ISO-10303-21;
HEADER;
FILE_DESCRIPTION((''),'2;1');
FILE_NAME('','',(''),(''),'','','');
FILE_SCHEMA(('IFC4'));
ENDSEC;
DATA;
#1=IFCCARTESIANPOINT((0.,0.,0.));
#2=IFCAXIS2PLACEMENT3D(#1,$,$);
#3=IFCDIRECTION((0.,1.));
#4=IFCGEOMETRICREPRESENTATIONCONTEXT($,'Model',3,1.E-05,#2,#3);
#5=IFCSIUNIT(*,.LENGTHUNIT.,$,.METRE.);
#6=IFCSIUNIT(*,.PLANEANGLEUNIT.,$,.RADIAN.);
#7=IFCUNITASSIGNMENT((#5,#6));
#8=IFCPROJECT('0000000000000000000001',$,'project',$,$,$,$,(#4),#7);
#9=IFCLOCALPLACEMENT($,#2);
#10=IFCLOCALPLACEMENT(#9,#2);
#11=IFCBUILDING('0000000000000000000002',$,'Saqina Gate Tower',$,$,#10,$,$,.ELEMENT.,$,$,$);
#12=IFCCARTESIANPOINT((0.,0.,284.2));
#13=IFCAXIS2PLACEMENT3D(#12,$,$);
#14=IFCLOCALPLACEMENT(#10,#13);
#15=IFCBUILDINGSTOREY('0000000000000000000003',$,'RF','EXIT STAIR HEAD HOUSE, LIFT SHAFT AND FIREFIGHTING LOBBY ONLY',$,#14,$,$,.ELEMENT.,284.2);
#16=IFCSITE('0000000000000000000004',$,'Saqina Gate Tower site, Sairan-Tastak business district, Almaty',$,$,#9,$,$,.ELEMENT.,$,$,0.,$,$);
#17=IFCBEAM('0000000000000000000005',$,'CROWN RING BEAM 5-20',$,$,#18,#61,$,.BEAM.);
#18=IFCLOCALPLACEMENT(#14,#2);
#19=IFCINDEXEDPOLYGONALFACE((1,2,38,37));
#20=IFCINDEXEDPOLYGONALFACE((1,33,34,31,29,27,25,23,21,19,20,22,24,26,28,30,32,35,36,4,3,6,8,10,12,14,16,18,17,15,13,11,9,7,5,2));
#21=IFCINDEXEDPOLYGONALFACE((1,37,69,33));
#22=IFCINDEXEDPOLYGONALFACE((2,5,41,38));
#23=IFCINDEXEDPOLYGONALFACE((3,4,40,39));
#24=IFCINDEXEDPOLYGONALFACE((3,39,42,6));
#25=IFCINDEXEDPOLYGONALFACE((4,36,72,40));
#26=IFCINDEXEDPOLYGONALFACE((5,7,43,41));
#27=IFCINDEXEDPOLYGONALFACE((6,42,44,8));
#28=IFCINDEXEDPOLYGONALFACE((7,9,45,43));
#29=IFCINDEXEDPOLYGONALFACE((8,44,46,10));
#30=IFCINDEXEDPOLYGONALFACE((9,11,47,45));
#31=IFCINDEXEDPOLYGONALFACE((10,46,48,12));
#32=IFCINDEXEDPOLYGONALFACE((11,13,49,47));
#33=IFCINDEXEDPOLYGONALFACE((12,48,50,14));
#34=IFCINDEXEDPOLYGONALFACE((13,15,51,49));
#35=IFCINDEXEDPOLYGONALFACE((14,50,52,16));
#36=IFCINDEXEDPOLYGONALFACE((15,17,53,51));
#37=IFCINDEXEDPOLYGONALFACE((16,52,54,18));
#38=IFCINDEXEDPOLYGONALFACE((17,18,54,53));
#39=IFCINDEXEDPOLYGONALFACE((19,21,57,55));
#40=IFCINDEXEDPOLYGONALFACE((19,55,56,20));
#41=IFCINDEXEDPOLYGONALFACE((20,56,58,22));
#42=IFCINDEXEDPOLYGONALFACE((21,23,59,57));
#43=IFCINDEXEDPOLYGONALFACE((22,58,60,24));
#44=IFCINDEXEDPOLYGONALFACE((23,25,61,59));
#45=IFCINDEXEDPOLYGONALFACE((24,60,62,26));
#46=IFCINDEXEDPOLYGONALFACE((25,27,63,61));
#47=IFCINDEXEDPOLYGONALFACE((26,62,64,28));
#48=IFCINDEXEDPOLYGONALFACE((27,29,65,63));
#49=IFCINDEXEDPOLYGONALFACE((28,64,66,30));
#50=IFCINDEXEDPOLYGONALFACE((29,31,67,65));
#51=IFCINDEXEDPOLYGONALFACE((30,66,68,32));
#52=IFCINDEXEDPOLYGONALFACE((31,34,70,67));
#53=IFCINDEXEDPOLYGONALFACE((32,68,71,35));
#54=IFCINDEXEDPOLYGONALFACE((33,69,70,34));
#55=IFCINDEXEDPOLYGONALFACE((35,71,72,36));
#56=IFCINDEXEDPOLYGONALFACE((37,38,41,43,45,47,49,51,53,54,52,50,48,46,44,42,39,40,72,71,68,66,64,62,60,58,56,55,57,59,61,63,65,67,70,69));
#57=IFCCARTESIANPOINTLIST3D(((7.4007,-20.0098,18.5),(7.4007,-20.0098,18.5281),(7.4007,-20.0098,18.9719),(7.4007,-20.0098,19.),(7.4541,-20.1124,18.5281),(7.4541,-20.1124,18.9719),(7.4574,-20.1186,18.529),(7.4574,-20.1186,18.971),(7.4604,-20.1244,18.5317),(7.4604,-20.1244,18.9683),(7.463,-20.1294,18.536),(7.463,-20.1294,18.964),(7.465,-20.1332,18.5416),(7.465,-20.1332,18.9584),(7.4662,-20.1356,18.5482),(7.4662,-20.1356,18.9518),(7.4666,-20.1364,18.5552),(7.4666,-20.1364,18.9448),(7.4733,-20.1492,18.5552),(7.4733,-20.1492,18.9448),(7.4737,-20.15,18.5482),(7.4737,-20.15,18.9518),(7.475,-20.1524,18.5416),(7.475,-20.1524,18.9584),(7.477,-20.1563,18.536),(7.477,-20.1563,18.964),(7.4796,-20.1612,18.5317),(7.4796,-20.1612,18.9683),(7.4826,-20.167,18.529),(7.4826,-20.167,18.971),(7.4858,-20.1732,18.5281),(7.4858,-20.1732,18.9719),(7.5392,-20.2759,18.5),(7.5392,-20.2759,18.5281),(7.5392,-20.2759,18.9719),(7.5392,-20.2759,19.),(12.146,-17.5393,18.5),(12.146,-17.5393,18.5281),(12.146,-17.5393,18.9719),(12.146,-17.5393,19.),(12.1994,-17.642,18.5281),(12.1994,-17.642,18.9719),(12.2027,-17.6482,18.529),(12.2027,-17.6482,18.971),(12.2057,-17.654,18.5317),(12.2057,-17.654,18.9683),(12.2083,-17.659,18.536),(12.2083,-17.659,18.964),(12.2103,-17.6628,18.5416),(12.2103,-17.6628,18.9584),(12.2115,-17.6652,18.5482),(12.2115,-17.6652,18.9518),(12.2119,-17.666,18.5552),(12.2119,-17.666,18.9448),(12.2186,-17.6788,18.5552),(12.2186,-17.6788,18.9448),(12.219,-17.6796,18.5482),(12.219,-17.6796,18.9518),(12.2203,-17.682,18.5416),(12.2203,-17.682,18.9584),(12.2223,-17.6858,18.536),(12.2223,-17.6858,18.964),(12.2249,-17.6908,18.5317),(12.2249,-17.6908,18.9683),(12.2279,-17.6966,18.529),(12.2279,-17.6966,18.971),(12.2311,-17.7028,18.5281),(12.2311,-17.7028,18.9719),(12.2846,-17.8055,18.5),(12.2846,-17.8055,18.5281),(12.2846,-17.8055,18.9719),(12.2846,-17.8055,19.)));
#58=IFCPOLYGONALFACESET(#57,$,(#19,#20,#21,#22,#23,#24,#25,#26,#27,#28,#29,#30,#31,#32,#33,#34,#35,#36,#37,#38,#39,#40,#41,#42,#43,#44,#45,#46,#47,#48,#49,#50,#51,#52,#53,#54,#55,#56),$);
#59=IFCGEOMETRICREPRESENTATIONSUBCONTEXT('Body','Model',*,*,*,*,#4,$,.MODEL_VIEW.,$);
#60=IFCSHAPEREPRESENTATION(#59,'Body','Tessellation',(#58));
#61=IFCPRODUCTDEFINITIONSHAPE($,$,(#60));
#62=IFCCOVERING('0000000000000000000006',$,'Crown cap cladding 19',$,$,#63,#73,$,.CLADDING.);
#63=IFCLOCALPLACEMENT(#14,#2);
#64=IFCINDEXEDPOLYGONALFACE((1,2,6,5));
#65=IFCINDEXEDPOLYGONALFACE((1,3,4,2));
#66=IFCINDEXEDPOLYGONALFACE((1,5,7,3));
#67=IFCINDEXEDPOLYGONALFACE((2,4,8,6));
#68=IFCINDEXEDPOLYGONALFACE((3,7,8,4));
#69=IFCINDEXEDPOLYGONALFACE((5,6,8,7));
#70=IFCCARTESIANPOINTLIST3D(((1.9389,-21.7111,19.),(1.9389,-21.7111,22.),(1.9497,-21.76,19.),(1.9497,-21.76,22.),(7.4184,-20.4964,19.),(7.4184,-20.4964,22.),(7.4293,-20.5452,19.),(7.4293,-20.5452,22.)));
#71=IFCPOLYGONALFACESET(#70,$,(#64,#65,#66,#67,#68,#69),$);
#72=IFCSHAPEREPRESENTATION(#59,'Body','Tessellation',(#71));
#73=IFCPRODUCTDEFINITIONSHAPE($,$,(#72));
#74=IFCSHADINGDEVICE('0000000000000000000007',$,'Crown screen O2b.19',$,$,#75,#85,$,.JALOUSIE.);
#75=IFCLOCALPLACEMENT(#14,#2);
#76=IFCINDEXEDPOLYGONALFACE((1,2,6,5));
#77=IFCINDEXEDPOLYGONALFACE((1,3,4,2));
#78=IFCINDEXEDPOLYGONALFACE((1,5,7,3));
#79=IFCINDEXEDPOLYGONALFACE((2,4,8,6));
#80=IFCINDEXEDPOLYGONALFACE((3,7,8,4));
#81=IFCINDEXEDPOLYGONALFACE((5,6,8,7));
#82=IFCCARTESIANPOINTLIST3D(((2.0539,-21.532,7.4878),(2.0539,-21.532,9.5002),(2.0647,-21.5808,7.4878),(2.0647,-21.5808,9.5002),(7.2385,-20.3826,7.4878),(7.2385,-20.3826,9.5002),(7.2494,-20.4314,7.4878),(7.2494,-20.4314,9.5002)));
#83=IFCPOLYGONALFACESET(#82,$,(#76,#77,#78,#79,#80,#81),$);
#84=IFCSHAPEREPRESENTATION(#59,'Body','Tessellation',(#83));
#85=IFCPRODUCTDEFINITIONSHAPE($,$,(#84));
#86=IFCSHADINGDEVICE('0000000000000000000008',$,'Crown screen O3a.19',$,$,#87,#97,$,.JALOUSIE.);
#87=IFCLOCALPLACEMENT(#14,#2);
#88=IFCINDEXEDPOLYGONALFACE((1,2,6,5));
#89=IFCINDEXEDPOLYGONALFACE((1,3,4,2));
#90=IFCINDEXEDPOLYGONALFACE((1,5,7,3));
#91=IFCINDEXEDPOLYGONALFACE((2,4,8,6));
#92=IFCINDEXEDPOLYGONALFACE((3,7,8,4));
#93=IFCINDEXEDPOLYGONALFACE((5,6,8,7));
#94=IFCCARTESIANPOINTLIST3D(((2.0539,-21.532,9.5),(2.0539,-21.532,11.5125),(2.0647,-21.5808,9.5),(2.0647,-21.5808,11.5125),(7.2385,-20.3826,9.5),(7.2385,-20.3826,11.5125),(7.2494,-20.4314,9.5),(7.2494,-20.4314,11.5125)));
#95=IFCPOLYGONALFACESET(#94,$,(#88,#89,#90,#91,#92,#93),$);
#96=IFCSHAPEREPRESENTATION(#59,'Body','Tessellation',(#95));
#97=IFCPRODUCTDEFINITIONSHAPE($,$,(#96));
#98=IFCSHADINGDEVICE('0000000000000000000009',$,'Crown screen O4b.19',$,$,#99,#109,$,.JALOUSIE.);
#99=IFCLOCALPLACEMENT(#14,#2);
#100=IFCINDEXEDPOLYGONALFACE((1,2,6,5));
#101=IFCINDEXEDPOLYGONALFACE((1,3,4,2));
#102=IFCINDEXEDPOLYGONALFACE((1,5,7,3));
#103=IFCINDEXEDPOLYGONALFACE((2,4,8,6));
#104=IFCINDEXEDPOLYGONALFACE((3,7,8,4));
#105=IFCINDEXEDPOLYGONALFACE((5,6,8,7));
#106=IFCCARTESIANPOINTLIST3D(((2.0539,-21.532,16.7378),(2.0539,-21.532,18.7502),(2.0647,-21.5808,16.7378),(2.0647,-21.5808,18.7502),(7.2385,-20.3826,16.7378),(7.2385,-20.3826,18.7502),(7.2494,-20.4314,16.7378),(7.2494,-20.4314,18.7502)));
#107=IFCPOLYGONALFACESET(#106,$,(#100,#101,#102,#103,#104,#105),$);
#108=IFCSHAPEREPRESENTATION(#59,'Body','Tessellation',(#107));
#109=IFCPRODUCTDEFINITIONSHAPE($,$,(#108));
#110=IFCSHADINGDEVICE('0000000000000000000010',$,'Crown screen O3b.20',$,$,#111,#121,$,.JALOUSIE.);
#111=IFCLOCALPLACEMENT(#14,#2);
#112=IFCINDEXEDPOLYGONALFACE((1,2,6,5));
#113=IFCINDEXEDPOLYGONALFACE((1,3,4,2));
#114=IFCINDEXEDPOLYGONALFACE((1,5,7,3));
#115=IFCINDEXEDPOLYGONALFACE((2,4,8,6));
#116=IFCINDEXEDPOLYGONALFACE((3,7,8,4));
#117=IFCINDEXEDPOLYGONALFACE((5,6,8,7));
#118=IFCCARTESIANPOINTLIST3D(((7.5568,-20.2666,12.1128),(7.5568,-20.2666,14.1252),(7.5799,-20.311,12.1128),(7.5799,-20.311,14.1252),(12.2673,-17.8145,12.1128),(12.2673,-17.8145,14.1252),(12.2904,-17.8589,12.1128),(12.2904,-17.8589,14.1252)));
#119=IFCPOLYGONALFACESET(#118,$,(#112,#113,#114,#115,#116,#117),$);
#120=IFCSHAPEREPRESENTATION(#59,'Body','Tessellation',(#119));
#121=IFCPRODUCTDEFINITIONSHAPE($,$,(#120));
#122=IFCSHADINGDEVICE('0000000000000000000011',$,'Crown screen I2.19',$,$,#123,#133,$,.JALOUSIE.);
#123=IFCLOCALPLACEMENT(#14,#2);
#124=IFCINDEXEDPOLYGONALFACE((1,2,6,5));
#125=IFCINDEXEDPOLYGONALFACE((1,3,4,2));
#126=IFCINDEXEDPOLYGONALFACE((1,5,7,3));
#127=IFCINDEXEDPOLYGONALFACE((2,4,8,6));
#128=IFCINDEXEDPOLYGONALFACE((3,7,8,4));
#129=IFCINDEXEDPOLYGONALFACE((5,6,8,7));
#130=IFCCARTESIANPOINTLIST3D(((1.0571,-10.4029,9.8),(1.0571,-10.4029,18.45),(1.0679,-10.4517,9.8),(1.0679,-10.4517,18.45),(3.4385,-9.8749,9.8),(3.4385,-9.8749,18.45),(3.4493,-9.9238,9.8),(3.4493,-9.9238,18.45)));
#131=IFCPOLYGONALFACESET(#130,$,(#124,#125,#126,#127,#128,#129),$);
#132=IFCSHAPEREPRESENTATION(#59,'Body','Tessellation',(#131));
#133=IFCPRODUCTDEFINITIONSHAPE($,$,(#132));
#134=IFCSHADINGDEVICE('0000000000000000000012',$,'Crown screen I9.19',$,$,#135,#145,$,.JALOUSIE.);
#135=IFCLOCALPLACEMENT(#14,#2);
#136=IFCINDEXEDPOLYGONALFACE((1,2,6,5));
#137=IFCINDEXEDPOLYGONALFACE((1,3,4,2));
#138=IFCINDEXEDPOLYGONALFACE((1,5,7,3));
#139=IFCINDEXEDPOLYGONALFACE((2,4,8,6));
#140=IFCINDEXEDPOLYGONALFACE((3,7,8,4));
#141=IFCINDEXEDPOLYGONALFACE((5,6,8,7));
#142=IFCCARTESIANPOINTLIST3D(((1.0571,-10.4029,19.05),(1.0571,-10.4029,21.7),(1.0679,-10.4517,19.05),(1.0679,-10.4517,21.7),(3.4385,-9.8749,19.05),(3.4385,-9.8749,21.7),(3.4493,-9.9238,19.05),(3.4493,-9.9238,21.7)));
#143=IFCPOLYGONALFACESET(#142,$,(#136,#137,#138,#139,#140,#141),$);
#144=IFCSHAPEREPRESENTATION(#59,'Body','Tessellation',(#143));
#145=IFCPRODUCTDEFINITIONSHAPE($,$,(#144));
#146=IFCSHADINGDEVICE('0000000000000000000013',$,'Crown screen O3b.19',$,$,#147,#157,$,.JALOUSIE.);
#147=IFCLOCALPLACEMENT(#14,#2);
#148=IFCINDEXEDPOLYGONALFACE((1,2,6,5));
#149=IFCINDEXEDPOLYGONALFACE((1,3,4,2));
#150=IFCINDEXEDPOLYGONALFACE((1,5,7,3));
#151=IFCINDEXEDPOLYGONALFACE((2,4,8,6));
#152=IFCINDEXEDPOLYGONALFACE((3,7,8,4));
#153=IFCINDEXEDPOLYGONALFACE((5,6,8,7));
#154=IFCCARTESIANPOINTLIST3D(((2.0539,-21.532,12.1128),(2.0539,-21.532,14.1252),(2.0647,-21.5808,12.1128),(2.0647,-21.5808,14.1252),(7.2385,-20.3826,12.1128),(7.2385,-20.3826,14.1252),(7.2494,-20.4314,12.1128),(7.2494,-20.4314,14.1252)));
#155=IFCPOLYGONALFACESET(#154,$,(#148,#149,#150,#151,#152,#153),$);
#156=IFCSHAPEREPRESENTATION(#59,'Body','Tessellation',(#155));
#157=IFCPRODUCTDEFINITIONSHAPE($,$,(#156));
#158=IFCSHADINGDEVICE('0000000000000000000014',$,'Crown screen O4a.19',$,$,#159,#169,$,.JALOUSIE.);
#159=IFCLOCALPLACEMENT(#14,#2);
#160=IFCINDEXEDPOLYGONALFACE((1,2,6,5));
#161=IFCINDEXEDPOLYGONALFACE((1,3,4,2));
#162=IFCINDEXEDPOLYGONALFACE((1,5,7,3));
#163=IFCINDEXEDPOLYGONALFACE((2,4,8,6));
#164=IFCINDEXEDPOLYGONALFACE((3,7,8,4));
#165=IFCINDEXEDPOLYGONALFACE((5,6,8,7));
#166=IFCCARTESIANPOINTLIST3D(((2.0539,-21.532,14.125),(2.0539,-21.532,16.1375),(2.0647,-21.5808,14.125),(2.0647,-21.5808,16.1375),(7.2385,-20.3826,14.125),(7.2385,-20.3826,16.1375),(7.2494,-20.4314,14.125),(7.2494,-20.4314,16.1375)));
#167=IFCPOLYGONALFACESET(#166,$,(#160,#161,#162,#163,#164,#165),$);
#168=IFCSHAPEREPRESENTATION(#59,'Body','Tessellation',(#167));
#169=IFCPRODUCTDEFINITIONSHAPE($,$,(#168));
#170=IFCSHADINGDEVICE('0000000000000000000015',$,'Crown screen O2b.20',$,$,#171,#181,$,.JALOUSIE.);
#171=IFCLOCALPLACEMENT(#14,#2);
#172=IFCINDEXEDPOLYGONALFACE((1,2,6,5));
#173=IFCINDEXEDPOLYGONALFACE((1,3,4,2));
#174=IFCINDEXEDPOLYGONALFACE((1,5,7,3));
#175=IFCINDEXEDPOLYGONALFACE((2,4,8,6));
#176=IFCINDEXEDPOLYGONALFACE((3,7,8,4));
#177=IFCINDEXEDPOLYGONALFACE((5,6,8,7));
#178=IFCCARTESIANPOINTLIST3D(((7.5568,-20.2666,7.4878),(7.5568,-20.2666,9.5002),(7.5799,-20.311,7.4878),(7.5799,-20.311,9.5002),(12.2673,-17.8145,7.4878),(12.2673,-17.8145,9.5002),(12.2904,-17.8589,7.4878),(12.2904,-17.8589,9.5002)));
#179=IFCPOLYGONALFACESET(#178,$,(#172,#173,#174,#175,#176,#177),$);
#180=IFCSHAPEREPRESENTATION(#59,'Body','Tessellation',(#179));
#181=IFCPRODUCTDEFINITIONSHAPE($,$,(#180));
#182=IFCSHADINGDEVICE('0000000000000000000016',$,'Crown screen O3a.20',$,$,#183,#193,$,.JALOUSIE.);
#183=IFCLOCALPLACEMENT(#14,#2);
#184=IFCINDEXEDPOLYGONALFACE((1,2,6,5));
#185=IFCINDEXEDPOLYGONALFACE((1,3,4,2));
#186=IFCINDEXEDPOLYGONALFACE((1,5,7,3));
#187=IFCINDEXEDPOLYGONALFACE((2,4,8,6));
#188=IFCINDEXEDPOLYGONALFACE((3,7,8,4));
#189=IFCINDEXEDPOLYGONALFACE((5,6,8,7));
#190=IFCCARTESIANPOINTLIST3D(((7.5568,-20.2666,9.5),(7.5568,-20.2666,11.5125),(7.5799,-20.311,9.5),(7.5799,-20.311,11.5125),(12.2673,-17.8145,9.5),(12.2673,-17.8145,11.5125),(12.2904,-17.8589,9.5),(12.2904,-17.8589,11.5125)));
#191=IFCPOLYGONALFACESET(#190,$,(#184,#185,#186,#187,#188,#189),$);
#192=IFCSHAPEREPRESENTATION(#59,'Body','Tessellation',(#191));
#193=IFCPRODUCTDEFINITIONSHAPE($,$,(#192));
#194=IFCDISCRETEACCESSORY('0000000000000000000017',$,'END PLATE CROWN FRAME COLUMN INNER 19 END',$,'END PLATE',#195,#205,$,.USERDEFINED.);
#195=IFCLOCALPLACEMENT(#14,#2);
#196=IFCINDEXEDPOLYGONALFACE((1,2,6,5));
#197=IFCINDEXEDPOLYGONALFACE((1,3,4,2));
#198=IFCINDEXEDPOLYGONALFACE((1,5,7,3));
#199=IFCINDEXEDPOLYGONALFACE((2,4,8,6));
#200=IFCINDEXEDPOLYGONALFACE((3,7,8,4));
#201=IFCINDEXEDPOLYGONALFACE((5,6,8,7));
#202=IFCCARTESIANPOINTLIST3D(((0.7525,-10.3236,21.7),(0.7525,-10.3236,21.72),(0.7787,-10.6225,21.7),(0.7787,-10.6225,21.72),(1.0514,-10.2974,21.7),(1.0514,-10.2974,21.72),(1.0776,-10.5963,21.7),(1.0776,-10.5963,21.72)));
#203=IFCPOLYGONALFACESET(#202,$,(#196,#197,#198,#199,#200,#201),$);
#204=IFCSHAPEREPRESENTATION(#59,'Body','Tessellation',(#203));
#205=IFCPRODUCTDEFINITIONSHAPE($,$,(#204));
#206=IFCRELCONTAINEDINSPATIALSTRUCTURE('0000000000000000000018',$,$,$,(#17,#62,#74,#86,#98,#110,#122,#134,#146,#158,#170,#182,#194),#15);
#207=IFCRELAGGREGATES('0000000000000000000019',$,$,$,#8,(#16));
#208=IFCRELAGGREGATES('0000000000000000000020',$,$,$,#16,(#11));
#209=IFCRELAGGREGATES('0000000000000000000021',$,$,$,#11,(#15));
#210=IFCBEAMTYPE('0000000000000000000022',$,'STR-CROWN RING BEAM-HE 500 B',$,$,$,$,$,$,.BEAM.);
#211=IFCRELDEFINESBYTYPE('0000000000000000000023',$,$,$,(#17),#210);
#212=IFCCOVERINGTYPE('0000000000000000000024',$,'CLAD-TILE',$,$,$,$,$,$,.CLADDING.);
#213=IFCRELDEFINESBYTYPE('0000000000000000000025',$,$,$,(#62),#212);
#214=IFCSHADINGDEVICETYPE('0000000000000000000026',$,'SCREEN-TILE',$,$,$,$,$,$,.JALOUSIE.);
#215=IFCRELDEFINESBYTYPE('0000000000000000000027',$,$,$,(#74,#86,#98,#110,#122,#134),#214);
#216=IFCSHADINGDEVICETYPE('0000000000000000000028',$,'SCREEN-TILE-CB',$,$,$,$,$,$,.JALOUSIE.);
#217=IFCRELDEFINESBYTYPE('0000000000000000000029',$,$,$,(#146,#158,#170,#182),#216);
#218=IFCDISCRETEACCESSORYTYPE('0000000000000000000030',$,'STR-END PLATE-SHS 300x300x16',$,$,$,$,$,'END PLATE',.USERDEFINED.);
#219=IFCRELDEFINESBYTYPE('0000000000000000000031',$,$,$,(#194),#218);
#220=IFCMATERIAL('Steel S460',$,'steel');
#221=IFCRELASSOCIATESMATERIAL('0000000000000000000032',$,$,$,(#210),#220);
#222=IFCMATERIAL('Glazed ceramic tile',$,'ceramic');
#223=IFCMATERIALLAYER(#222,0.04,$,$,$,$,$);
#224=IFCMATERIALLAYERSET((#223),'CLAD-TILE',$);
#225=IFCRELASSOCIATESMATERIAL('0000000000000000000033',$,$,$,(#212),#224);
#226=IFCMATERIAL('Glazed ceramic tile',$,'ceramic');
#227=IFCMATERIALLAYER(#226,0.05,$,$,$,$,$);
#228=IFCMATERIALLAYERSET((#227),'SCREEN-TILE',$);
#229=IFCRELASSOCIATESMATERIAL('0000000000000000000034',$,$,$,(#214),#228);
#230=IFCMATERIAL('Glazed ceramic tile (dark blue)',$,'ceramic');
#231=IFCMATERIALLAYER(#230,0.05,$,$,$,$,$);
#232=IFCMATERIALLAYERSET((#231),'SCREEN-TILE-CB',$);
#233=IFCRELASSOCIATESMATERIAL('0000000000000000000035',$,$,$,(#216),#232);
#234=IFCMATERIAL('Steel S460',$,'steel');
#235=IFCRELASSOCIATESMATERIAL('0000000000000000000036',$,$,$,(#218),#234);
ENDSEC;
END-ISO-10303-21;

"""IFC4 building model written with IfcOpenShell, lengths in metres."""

from ifc_helpers import new_model, si_unit, direction, frame, origin, origin_2d, place, context, subcontext, project, spatial, rectangle, i_section, extrude, material, layer, layer_set, material_profile, profile_set, type_object, element, save


model = new_model("IFC4")

# Units and contexts
model_context = context("Model", 3, precision=1e-05, world=origin(), true_north=direction((0.0, 1.0)))
body_context = subcontext(model_context, "Body", "Model", "MODEL_VIEW")
ifc_project = project(units=[si_unit("LENGTHUNIT", "METRE"), si_unit("PLANEANGLEUNIT", "RADIAN")], contexts=[model_context])

# Site, building, storey
site_placement = place(None, origin())
site = spatial("IfcSite", under=ifc_project, at=site_placement, Name="Saqina Gate Tower site, Sairan-Tastak business district, Almaty", CompositionType="ELEMENT", RefElevation=0.0)
building_placement = place(site_placement, origin())
building = spatial("IfcBuilding", under=site, at=building_placement, Name="Saqina Gate Tower", CompositionType="ELEMENT")
storey_placement = place(building_placement, frame((0.0, 0.0, 284.2)))
storey = spatial("IfcBuildingStorey", under=building, at=storey_placement, Name="RF", Description="EXIT STAIR HEAD HOUSE, LIFT SHAFT AND FIREFIGHTING LOBBY ONLY", CompositionType="ELEMENT", Elevation=284.2)

# Beam
ifc_material_1 = material(Name="Steel S460", Category="steel")
ifc_material_profile_1 = material_profile(ifc_material_1, i_section(OverallWidth=0.3, OverallDepth=0.5, WebThickness=0.0144, FlangeThickness=0.0281, FilletRadius=0.0271, at=origin_2d()), Name="HE 500 B")
ifc_profile_set_1 = profile_set([ifc_material_profile_1], Name="Steel S460")
beam_type_1 = type_object("IfcBeamType", Name="STR-CROWN RING BEAM-HE 500 B", PredefinedType="BEAM", material=ifc_profile_set_1)
beam_1_placement = place(storey_placement, frame((7.47, -20.1428, 18.75), z_axis=(0.886997, 0.461775, 0.0), x_axis=(-0.461775, 0.886997, 0.0)))
element("IfcBeam", 1, at=beam_1_placement, inside=storey, type_object=beam_type_1, Name="CROWN RING BEAM 5-20", PredefinedType="BEAM", context=body_context, shape_type="SweptSolid", body=[
    extrude(i_section(OverallWidth=0.3, OverallDepth=0.5, WebThickness=0.0144, FlangeThickness=0.0281, FilletRadius=0.0271, at=origin_2d()), origin(), (0.0, 0.0, 1.0), 5.3499),
])

# Covering
ifc_material_2 = material(Name="Glazed ceramic tile", Category="ceramic")
ifc_layer_1 = layer(ifc_material_2, 0.04)
ifc_layer_set_1 = layer_set([ifc_layer_1], Name="CLAD-TILE")
covering_type = type_object("IfcCoveringType", Name="CLAD-TILE", PredefinedType="CLADDING", material=ifc_layer_set_1)
covering_placement = place(storey_placement, frame((4.6841, -21.1282, 19.0), z_axis=(0.0, 0.0, 1.0), x_axis=(0.976296, 0.21644, 0.0)))
element("IfcCovering", 2, at=covering_placement, inside=storey, type_object=covering_type, Name="Crown cap cladding 19", PredefinedType="CLADDING", context=body_context, shape_type="SweptSolid", body=[
    extrude(rectangle(XDim=5.6125, YDim=0.05, at=origin_2d()), origin(), (0.0, 0.0, 1.0), 3.0),
])

# Shading devices
ifc_material_3 = material(Name="Glazed ceramic tile", Category="ceramic")
ifc_layer_2 = layer(ifc_material_3, 0.05)
ifc_layer_set_2 = layer_set([ifc_layer_2], Name="SCREEN-TILE")
shading_device_type_1 = type_object("IfcShadingDeviceType", Name="SCREEN-TILE", PredefinedType="JALOUSIE", material=ifc_layer_set_2)
for number, where, z_axis, x_axis, name in (
    (3, (4.6516, -20.9817, 7.4878), (0.0, 0.0, 1.0), (0.976296, 0.21644, 0.0), "Crown screen O2b.19"),
    (4, (4.6516, -20.9817, 9.5), (0.0, 0.0, 1.0), (0.976296, 0.21644, 0.0), "Crown screen O3a.19"),
    (5, (4.6516, -20.9817, 16.7378), (0.0, 0.0, 1.0), (0.976296, 0.21644, 0.0), "Crown screen O4b.19"),
    (6, (9.9236, -19.0627, 12.1128), (0.0, 0.0, 1.0), (0.887011, 0.461749, 0.0), "Crown screen O3b.20"),
):
    element("IfcShadingDevice", number, at=place(storey_placement, frame(where, z_axis=z_axis, x_axis=x_axis)), inside=storey, type_object=shading_device_type_1, Name=name, PredefinedType="JALOUSIE", context=body_context, shape_type="SweptSolid", body=[
        extrude(rectangle(XDim=5.3105, YDim=0.05, at=origin_2d()), origin(), (0.0, 0.0, 1.0), 2.0125),
    ])
shading_device_1_placement = place(storey_placement, frame((2.2532, -10.1633, 9.8), z_axis=(0.0, 0.0, 1.0), x_axis=(0.976296, 0.21644, 0.0)))
element("IfcShadingDevice", 7, at=shading_device_1_placement, inside=storey, type_object=shading_device_type_1, Name="Crown screen I2.19", PredefinedType="JALOUSIE", context=body_context, shape_type="SweptSolid", body=[
    extrude(rectangle(XDim=2.4392, YDim=0.05, at=origin_2d()), origin(), (0.0, 0.0, 1.0), 8.6499),
])
shading_device_2_placement = place(storey_placement, frame((2.2532, -10.1633, 19.05), z_axis=(0.0, 0.0, 1.0), x_axis=(0.976296, 0.21644, 0.0)))
element("IfcShadingDevice", 8, at=shading_device_2_placement, inside=storey, type_object=shading_device_type_1, Name="Crown screen I9.19", PredefinedType="JALOUSIE", context=body_context, shape_type="SweptSolid", body=[
    extrude(rectangle(XDim=2.4392, YDim=0.05, at=origin_2d()), origin(), (0.0, 0.0, 1.0), 2.6499),
])
ifc_material_4 = material(Name="Glazed ceramic tile (dark blue)", Category="ceramic")
ifc_layer_3 = layer(ifc_material_4, 0.05)
ifc_layer_set_3 = layer_set([ifc_layer_3], Name="SCREEN-TILE-CB")
shading_device_type_2 = type_object("IfcShadingDeviceType", Name="SCREEN-TILE-CB", PredefinedType="JALOUSIE", material=ifc_layer_set_3)
for number, where, z_axis, x_axis, name in (
    (9, (4.6516, -20.9817, 12.1128), (0.0, 0.0, 1.0), (0.976296, 0.21644, 0.0), "Crown screen O3b.19"),
    (10, (4.6516, -20.9817, 14.125), (0.0, 0.0, 1.0), (0.976296, 0.21644, 0.0), "Crown screen O4a.19"),
    (11, (9.9236, -19.0627, 7.4878), (0.0, 0.0, 1.0), (0.887011, 0.461749, 0.0), "Crown screen O2b.20"),
    (12, (9.9236, -19.0627, 9.5), (0.0, 0.0, 1.0), (0.887011, 0.461749, 0.0), "Crown screen O3a.20"),
):
    element("IfcShadingDevice", number, at=place(storey_placement, frame(where, z_axis=z_axis, x_axis=x_axis)), inside=storey, type_object=shading_device_type_2, Name=name, PredefinedType="JALOUSIE", context=body_context, shape_type="SweptSolid", body=[
        extrude(rectangle(XDim=5.3105, YDim=0.05, at=origin_2d()), origin(), (0.0, 0.0, 1.0), 2.0125),
    ])

# Discrete accessory
ifc_material_5 = material(Name="Steel S460", Category="steel")
ifc_material_profile_2 = material_profile(ifc_material_5, rectangle(XDim=0.3, YDim=0.3, at=origin_2d()), Name="STR-END PLATE-SHS 300x300x16")
ifc_profile_set_2 = profile_set([ifc_material_profile_2], Name="Steel S460")
discrete_accessory_type = type_object("IfcDiscreteAccessoryType", Name="STR-END PLATE-SHS 300x300x16", ElementType="END PLATE", PredefinedType="USERDEFINED", material=ifc_profile_set_2)
discrete_accessory_placement = place(storey_placement, frame((0.915, -10.46, 21.7), z_axis=(0.0, 0.0, 1.0), x_axis=(0.087156, -0.996195, 0.0)))
element("IfcDiscreteAccessory", 13, at=discrete_accessory_placement, inside=storey, type_object=discrete_accessory_type, Name="END PLATE CROWN FRAME COLUMN INNER 19 END", ObjectType="END PLATE", PredefinedType="USERDEFINED", context=body_context, shape_type="SweptSolid", body=[
    extrude(rectangle(XDim=0.3, YDim=0.3, at=origin_2d()), origin(), (0.0, 0.0, 1.0), 0.02),
])

save(model, "model.ifc")
